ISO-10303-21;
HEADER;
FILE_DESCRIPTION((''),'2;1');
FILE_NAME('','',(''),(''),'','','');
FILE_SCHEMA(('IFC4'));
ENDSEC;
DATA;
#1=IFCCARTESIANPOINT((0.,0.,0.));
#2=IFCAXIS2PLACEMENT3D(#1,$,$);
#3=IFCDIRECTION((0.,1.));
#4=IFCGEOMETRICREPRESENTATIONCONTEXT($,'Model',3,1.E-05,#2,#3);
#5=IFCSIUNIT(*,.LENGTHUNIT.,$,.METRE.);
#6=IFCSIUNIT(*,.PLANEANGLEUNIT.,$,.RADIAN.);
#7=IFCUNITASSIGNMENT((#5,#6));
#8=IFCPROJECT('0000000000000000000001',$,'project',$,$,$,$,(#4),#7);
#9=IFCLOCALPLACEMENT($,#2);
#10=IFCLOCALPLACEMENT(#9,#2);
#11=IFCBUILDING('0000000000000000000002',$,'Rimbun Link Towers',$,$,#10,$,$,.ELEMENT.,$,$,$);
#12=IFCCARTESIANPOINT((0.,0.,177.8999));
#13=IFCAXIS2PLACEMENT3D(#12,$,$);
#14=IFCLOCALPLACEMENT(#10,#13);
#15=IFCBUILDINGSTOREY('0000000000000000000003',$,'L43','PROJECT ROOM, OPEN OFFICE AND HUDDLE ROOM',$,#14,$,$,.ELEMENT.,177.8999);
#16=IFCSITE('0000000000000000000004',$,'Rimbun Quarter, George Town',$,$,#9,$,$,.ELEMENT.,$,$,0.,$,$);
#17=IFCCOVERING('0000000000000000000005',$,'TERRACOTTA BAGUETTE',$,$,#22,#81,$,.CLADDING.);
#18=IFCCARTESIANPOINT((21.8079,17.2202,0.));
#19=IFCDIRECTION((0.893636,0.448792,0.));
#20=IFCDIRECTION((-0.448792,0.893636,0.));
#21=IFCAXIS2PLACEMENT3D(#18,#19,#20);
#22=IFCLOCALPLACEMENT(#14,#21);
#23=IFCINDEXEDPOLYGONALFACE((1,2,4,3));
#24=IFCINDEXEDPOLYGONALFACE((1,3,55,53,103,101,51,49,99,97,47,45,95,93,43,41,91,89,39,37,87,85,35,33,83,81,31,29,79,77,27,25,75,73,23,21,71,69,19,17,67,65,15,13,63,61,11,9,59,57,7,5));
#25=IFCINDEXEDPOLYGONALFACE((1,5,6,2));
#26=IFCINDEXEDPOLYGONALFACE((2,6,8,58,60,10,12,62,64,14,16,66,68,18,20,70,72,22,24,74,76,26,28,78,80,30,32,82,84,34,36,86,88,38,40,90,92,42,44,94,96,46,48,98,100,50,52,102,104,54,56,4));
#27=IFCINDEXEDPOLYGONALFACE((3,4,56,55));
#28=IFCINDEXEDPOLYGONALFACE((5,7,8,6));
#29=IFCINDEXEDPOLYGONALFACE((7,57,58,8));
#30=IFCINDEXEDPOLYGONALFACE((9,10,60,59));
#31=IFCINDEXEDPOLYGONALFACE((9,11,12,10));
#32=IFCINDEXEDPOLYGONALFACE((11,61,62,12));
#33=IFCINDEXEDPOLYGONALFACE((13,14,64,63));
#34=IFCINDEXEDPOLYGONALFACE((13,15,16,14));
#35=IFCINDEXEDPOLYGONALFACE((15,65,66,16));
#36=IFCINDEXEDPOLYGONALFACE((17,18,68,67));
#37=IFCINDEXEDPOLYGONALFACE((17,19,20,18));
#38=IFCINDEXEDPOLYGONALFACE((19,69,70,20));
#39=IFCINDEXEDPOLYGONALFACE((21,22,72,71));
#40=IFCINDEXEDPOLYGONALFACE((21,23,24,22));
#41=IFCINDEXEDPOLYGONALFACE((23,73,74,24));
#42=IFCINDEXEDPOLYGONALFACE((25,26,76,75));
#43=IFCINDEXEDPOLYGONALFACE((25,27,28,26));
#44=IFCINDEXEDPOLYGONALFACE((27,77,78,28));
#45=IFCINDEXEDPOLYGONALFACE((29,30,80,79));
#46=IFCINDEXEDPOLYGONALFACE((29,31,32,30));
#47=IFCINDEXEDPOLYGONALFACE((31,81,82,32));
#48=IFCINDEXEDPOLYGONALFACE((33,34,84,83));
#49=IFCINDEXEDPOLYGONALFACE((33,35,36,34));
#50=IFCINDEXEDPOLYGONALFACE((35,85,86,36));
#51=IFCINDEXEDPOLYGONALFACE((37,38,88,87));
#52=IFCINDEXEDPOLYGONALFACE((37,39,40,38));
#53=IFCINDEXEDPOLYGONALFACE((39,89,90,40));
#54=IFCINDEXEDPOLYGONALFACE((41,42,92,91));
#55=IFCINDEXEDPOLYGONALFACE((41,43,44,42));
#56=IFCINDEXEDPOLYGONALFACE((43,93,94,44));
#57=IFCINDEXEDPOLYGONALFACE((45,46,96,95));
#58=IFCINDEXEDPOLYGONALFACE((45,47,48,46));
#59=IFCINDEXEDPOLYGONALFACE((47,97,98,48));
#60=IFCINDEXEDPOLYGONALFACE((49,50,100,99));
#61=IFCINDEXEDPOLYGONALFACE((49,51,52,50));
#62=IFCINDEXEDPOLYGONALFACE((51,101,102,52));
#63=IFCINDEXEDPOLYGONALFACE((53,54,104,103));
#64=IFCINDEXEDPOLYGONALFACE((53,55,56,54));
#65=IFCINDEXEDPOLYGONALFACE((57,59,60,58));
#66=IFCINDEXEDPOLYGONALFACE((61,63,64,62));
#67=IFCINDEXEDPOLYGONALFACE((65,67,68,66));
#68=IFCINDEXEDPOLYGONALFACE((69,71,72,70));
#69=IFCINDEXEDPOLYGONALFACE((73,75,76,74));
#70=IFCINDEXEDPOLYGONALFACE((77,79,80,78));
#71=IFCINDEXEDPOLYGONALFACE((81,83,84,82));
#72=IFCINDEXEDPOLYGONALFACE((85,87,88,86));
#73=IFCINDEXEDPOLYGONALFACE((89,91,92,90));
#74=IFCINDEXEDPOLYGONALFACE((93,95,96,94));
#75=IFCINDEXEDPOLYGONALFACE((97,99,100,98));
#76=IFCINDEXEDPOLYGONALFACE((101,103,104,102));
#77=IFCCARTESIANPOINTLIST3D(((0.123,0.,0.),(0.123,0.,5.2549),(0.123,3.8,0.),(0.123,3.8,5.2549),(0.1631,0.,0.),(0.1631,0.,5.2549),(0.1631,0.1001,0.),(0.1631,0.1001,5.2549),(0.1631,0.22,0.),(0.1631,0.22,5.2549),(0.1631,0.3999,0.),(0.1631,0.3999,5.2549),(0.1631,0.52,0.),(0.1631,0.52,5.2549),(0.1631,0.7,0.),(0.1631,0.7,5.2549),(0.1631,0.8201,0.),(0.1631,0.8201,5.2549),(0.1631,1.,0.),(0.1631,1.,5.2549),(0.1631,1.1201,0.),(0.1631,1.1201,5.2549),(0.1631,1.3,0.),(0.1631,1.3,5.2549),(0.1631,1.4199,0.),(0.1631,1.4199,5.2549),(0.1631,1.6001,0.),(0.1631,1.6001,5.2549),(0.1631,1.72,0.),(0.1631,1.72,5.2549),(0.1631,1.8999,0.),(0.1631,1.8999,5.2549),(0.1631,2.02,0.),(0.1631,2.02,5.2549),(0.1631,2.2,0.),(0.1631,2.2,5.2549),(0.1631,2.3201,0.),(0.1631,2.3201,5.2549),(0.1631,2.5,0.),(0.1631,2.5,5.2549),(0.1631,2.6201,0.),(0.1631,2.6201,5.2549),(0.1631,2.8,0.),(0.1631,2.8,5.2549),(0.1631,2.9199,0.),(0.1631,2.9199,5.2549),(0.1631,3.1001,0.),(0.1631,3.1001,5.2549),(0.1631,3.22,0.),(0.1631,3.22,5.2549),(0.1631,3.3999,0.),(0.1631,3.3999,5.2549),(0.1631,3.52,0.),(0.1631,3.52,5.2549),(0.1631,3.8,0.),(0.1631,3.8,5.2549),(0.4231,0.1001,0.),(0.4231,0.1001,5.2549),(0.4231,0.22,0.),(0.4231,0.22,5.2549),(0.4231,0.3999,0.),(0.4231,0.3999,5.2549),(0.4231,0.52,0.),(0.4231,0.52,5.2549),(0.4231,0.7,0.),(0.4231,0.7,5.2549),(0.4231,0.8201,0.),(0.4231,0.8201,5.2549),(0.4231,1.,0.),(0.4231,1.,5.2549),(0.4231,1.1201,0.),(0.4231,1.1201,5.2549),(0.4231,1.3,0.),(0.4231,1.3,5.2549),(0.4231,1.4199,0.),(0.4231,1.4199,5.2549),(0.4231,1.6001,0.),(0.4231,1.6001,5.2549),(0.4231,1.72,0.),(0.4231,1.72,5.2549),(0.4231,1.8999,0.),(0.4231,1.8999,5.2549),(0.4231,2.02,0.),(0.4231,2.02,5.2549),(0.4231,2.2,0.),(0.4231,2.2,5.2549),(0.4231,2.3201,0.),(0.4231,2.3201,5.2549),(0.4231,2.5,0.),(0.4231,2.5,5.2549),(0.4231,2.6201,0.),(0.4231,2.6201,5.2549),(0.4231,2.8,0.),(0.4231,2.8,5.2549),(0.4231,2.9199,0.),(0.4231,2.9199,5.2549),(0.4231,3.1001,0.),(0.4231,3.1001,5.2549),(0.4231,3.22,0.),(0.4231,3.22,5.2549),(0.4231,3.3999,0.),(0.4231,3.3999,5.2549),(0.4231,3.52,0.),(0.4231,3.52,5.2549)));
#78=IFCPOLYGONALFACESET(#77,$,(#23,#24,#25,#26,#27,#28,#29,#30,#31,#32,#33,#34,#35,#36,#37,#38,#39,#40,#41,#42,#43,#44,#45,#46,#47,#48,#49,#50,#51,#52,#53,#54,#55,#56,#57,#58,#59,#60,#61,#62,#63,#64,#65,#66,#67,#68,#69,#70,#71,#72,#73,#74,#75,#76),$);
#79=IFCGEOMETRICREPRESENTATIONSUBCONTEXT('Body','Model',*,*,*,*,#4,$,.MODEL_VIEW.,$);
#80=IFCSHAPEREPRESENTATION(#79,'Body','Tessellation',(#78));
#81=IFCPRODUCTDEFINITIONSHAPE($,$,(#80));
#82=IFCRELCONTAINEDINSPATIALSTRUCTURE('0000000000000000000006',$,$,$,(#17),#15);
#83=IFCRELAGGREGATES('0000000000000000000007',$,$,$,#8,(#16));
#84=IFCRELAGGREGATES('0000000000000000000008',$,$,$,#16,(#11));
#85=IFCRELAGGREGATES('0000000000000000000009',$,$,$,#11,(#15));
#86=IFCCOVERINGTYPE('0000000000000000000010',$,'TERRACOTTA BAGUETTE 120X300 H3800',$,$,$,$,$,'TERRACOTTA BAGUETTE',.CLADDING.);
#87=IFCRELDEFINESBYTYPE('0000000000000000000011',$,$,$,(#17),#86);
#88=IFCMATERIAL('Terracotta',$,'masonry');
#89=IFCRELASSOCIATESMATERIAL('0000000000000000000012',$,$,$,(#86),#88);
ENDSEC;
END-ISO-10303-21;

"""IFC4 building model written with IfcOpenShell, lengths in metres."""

from ifc_helpers import new_model, si_unit, direction, frame, origin, place, context, subcontext, project, spatial, polyline, outline, extrude, material, material_profile, profile_set, type_object, element, save


model = new_model("IFC4")

# Units and contexts
model_context = context("Model", 3, precision=1e-05, world=origin(), true_north=direction((0.0, 1.0)))
body_context = subcontext(model_context, "Body", "Model", "MODEL_VIEW")
ifc_project = project(units=[si_unit("LENGTHUNIT", "METRE"), si_unit("PLANEANGLEUNIT", "RADIAN")], contexts=[model_context])

# Site, building, storey
site_placement = place(None, origin())
site = spatial("IfcSite", under=ifc_project, at=site_placement, Name="Rimbun Quarter, George Town", CompositionType="ELEMENT", RefElevation=0.0)
building_placement = place(site_placement, origin())
building = spatial("IfcBuilding", under=site, at=building_placement, Name="Rimbun Link Towers", CompositionType="ELEMENT")
storey_placement = place(building_placement, frame((0.0, 0.0, 177.8999)))
storey = spatial("IfcBuildingStorey", under=building, at=storey_placement, Name="L43", Description="PROJECT ROOM, OPEN OFFICE AND HUDDLE ROOM", CompositionType="ELEMENT", Elevation=177.8999)

# Covering
ifc_material_1 = material(Name="Terracotta", Category="masonry")
ifc_material_profile_1 = material_profile(ifc_material_1, outline(polyline([(0.123, 0.0), (0.1631, 0.0), (0.1631, 0.1001), (0.4231, 0.1001), (0.4231, 0.22), (0.1631, 0.22), (0.1631, 0.3999), (0.4231, 0.3999), (0.4231, 0.52), (0.1631, 0.52), (0.1631, 0.7), (0.4231, 0.7), (0.4231, 0.8201), (0.1631, 0.8201), (0.1631, 1.0), (0.4231, 1.0), (0.4231, 1.1201), (0.1631, 1.1201), (0.1631, 1.3), (0.4231, 1.3), (0.4231, 1.4199), (0.1631, 1.4199), (0.1631, 1.6001), (0.4231, 1.6001), (0.4231, 1.72), (0.1631, 1.72), (0.1631, 1.8999), (0.4231, 1.8999), (0.4231, 2.02), (0.1631, 2.02), (0.1631, 2.2), (0.4231, 2.2), (0.4231, 2.3201), (0.1631, 2.3201), (0.1631, 2.5), (0.4231, 2.5), (0.4231, 2.6201), (0.1631, 2.6201), (0.1631, 2.8), (0.4231, 2.8), (0.4231, 2.9199), (0.1631, 2.9199), (0.1631, 3.1001), (0.4231, 3.1001), (0.4231, 3.22), (0.1631, 3.22), (0.1631, 3.3999), (0.4231, 3.3999), (0.4231, 3.52), (0.1631, 3.52), (0.1631, 3.8), (0.123, 3.8), (0.123, 0.0)])), Name="BAGUETTE 120X300")
ifc_profile_set_1 = profile_set([ifc_material_profile_1], Name="Terracotta")
covering_type = type_object("IfcCoveringType", Name="TERRACOTTA BAGUETTE 120X300 H3800", ElementType="TERRACOTTA BAGUETTE", PredefinedType="CLADDING", material=ifc_profile_set_1)
covering_1_placement = place(storey_placement, frame((21.8079, 17.2202, 0.0), z_axis=(0.893636, 0.448792, 0.0), x_axis=(-0.448792, 0.893636, 0.0)))
element("IfcCovering", 1, at=covering_1_placement, inside=storey, type_object=covering_type, Name="TERRACOTTA BAGUETTE", PredefinedType="CLADDING", context=body_context, shape_type="SweptSolid", body=[
    extrude(outline(polyline([(0.123, 0.0), (0.1631, 0.0), (0.1631, 0.1001), (0.4231, 0.1001), (0.4231, 0.22), (0.1631, 0.22), (0.1631, 0.3999), (0.4231, 0.3999), (0.4231, 0.52), (0.1631, 0.52), (0.1631, 0.7), (0.4231, 0.7), (0.4231, 0.8201), (0.1631, 0.8201), (0.1631, 1.0), (0.4231, 1.0), (0.4231, 1.1201), (0.1631, 1.1201), (0.1631, 1.3), (0.4231, 1.3), (0.4231, 1.4199), (0.1631, 1.4199), (0.1631, 1.6001), (0.4231, 1.6001), (0.4231, 1.72), (0.1631, 1.72), (0.1631, 1.8999), (0.4231, 1.8999), (0.4231, 2.02), (0.1631, 2.02), (0.1631, 2.2), (0.4231, 2.2), (0.4231, 2.3201), (0.1631, 2.3201), (0.1631, 2.5), (0.4231, 2.5), (0.4231, 2.6201), (0.1631, 2.6201), (0.1631, 2.8), (0.4231, 2.8), (0.4231, 2.9199), (0.1631, 2.9199), (0.1631, 3.1001), (0.4231, 3.1001), (0.4231, 3.22), (0.1631, 3.22), (0.1631, 3.3999), (0.4231, 3.3999), (0.4231, 3.52), (0.1631, 3.52), (0.1631, 3.8), (0.123, 3.8), (0.123, 0.0)])), origin(), (0.0, 0.0, 1.0), 5.2549),
])

save(model, "model.ifc")
